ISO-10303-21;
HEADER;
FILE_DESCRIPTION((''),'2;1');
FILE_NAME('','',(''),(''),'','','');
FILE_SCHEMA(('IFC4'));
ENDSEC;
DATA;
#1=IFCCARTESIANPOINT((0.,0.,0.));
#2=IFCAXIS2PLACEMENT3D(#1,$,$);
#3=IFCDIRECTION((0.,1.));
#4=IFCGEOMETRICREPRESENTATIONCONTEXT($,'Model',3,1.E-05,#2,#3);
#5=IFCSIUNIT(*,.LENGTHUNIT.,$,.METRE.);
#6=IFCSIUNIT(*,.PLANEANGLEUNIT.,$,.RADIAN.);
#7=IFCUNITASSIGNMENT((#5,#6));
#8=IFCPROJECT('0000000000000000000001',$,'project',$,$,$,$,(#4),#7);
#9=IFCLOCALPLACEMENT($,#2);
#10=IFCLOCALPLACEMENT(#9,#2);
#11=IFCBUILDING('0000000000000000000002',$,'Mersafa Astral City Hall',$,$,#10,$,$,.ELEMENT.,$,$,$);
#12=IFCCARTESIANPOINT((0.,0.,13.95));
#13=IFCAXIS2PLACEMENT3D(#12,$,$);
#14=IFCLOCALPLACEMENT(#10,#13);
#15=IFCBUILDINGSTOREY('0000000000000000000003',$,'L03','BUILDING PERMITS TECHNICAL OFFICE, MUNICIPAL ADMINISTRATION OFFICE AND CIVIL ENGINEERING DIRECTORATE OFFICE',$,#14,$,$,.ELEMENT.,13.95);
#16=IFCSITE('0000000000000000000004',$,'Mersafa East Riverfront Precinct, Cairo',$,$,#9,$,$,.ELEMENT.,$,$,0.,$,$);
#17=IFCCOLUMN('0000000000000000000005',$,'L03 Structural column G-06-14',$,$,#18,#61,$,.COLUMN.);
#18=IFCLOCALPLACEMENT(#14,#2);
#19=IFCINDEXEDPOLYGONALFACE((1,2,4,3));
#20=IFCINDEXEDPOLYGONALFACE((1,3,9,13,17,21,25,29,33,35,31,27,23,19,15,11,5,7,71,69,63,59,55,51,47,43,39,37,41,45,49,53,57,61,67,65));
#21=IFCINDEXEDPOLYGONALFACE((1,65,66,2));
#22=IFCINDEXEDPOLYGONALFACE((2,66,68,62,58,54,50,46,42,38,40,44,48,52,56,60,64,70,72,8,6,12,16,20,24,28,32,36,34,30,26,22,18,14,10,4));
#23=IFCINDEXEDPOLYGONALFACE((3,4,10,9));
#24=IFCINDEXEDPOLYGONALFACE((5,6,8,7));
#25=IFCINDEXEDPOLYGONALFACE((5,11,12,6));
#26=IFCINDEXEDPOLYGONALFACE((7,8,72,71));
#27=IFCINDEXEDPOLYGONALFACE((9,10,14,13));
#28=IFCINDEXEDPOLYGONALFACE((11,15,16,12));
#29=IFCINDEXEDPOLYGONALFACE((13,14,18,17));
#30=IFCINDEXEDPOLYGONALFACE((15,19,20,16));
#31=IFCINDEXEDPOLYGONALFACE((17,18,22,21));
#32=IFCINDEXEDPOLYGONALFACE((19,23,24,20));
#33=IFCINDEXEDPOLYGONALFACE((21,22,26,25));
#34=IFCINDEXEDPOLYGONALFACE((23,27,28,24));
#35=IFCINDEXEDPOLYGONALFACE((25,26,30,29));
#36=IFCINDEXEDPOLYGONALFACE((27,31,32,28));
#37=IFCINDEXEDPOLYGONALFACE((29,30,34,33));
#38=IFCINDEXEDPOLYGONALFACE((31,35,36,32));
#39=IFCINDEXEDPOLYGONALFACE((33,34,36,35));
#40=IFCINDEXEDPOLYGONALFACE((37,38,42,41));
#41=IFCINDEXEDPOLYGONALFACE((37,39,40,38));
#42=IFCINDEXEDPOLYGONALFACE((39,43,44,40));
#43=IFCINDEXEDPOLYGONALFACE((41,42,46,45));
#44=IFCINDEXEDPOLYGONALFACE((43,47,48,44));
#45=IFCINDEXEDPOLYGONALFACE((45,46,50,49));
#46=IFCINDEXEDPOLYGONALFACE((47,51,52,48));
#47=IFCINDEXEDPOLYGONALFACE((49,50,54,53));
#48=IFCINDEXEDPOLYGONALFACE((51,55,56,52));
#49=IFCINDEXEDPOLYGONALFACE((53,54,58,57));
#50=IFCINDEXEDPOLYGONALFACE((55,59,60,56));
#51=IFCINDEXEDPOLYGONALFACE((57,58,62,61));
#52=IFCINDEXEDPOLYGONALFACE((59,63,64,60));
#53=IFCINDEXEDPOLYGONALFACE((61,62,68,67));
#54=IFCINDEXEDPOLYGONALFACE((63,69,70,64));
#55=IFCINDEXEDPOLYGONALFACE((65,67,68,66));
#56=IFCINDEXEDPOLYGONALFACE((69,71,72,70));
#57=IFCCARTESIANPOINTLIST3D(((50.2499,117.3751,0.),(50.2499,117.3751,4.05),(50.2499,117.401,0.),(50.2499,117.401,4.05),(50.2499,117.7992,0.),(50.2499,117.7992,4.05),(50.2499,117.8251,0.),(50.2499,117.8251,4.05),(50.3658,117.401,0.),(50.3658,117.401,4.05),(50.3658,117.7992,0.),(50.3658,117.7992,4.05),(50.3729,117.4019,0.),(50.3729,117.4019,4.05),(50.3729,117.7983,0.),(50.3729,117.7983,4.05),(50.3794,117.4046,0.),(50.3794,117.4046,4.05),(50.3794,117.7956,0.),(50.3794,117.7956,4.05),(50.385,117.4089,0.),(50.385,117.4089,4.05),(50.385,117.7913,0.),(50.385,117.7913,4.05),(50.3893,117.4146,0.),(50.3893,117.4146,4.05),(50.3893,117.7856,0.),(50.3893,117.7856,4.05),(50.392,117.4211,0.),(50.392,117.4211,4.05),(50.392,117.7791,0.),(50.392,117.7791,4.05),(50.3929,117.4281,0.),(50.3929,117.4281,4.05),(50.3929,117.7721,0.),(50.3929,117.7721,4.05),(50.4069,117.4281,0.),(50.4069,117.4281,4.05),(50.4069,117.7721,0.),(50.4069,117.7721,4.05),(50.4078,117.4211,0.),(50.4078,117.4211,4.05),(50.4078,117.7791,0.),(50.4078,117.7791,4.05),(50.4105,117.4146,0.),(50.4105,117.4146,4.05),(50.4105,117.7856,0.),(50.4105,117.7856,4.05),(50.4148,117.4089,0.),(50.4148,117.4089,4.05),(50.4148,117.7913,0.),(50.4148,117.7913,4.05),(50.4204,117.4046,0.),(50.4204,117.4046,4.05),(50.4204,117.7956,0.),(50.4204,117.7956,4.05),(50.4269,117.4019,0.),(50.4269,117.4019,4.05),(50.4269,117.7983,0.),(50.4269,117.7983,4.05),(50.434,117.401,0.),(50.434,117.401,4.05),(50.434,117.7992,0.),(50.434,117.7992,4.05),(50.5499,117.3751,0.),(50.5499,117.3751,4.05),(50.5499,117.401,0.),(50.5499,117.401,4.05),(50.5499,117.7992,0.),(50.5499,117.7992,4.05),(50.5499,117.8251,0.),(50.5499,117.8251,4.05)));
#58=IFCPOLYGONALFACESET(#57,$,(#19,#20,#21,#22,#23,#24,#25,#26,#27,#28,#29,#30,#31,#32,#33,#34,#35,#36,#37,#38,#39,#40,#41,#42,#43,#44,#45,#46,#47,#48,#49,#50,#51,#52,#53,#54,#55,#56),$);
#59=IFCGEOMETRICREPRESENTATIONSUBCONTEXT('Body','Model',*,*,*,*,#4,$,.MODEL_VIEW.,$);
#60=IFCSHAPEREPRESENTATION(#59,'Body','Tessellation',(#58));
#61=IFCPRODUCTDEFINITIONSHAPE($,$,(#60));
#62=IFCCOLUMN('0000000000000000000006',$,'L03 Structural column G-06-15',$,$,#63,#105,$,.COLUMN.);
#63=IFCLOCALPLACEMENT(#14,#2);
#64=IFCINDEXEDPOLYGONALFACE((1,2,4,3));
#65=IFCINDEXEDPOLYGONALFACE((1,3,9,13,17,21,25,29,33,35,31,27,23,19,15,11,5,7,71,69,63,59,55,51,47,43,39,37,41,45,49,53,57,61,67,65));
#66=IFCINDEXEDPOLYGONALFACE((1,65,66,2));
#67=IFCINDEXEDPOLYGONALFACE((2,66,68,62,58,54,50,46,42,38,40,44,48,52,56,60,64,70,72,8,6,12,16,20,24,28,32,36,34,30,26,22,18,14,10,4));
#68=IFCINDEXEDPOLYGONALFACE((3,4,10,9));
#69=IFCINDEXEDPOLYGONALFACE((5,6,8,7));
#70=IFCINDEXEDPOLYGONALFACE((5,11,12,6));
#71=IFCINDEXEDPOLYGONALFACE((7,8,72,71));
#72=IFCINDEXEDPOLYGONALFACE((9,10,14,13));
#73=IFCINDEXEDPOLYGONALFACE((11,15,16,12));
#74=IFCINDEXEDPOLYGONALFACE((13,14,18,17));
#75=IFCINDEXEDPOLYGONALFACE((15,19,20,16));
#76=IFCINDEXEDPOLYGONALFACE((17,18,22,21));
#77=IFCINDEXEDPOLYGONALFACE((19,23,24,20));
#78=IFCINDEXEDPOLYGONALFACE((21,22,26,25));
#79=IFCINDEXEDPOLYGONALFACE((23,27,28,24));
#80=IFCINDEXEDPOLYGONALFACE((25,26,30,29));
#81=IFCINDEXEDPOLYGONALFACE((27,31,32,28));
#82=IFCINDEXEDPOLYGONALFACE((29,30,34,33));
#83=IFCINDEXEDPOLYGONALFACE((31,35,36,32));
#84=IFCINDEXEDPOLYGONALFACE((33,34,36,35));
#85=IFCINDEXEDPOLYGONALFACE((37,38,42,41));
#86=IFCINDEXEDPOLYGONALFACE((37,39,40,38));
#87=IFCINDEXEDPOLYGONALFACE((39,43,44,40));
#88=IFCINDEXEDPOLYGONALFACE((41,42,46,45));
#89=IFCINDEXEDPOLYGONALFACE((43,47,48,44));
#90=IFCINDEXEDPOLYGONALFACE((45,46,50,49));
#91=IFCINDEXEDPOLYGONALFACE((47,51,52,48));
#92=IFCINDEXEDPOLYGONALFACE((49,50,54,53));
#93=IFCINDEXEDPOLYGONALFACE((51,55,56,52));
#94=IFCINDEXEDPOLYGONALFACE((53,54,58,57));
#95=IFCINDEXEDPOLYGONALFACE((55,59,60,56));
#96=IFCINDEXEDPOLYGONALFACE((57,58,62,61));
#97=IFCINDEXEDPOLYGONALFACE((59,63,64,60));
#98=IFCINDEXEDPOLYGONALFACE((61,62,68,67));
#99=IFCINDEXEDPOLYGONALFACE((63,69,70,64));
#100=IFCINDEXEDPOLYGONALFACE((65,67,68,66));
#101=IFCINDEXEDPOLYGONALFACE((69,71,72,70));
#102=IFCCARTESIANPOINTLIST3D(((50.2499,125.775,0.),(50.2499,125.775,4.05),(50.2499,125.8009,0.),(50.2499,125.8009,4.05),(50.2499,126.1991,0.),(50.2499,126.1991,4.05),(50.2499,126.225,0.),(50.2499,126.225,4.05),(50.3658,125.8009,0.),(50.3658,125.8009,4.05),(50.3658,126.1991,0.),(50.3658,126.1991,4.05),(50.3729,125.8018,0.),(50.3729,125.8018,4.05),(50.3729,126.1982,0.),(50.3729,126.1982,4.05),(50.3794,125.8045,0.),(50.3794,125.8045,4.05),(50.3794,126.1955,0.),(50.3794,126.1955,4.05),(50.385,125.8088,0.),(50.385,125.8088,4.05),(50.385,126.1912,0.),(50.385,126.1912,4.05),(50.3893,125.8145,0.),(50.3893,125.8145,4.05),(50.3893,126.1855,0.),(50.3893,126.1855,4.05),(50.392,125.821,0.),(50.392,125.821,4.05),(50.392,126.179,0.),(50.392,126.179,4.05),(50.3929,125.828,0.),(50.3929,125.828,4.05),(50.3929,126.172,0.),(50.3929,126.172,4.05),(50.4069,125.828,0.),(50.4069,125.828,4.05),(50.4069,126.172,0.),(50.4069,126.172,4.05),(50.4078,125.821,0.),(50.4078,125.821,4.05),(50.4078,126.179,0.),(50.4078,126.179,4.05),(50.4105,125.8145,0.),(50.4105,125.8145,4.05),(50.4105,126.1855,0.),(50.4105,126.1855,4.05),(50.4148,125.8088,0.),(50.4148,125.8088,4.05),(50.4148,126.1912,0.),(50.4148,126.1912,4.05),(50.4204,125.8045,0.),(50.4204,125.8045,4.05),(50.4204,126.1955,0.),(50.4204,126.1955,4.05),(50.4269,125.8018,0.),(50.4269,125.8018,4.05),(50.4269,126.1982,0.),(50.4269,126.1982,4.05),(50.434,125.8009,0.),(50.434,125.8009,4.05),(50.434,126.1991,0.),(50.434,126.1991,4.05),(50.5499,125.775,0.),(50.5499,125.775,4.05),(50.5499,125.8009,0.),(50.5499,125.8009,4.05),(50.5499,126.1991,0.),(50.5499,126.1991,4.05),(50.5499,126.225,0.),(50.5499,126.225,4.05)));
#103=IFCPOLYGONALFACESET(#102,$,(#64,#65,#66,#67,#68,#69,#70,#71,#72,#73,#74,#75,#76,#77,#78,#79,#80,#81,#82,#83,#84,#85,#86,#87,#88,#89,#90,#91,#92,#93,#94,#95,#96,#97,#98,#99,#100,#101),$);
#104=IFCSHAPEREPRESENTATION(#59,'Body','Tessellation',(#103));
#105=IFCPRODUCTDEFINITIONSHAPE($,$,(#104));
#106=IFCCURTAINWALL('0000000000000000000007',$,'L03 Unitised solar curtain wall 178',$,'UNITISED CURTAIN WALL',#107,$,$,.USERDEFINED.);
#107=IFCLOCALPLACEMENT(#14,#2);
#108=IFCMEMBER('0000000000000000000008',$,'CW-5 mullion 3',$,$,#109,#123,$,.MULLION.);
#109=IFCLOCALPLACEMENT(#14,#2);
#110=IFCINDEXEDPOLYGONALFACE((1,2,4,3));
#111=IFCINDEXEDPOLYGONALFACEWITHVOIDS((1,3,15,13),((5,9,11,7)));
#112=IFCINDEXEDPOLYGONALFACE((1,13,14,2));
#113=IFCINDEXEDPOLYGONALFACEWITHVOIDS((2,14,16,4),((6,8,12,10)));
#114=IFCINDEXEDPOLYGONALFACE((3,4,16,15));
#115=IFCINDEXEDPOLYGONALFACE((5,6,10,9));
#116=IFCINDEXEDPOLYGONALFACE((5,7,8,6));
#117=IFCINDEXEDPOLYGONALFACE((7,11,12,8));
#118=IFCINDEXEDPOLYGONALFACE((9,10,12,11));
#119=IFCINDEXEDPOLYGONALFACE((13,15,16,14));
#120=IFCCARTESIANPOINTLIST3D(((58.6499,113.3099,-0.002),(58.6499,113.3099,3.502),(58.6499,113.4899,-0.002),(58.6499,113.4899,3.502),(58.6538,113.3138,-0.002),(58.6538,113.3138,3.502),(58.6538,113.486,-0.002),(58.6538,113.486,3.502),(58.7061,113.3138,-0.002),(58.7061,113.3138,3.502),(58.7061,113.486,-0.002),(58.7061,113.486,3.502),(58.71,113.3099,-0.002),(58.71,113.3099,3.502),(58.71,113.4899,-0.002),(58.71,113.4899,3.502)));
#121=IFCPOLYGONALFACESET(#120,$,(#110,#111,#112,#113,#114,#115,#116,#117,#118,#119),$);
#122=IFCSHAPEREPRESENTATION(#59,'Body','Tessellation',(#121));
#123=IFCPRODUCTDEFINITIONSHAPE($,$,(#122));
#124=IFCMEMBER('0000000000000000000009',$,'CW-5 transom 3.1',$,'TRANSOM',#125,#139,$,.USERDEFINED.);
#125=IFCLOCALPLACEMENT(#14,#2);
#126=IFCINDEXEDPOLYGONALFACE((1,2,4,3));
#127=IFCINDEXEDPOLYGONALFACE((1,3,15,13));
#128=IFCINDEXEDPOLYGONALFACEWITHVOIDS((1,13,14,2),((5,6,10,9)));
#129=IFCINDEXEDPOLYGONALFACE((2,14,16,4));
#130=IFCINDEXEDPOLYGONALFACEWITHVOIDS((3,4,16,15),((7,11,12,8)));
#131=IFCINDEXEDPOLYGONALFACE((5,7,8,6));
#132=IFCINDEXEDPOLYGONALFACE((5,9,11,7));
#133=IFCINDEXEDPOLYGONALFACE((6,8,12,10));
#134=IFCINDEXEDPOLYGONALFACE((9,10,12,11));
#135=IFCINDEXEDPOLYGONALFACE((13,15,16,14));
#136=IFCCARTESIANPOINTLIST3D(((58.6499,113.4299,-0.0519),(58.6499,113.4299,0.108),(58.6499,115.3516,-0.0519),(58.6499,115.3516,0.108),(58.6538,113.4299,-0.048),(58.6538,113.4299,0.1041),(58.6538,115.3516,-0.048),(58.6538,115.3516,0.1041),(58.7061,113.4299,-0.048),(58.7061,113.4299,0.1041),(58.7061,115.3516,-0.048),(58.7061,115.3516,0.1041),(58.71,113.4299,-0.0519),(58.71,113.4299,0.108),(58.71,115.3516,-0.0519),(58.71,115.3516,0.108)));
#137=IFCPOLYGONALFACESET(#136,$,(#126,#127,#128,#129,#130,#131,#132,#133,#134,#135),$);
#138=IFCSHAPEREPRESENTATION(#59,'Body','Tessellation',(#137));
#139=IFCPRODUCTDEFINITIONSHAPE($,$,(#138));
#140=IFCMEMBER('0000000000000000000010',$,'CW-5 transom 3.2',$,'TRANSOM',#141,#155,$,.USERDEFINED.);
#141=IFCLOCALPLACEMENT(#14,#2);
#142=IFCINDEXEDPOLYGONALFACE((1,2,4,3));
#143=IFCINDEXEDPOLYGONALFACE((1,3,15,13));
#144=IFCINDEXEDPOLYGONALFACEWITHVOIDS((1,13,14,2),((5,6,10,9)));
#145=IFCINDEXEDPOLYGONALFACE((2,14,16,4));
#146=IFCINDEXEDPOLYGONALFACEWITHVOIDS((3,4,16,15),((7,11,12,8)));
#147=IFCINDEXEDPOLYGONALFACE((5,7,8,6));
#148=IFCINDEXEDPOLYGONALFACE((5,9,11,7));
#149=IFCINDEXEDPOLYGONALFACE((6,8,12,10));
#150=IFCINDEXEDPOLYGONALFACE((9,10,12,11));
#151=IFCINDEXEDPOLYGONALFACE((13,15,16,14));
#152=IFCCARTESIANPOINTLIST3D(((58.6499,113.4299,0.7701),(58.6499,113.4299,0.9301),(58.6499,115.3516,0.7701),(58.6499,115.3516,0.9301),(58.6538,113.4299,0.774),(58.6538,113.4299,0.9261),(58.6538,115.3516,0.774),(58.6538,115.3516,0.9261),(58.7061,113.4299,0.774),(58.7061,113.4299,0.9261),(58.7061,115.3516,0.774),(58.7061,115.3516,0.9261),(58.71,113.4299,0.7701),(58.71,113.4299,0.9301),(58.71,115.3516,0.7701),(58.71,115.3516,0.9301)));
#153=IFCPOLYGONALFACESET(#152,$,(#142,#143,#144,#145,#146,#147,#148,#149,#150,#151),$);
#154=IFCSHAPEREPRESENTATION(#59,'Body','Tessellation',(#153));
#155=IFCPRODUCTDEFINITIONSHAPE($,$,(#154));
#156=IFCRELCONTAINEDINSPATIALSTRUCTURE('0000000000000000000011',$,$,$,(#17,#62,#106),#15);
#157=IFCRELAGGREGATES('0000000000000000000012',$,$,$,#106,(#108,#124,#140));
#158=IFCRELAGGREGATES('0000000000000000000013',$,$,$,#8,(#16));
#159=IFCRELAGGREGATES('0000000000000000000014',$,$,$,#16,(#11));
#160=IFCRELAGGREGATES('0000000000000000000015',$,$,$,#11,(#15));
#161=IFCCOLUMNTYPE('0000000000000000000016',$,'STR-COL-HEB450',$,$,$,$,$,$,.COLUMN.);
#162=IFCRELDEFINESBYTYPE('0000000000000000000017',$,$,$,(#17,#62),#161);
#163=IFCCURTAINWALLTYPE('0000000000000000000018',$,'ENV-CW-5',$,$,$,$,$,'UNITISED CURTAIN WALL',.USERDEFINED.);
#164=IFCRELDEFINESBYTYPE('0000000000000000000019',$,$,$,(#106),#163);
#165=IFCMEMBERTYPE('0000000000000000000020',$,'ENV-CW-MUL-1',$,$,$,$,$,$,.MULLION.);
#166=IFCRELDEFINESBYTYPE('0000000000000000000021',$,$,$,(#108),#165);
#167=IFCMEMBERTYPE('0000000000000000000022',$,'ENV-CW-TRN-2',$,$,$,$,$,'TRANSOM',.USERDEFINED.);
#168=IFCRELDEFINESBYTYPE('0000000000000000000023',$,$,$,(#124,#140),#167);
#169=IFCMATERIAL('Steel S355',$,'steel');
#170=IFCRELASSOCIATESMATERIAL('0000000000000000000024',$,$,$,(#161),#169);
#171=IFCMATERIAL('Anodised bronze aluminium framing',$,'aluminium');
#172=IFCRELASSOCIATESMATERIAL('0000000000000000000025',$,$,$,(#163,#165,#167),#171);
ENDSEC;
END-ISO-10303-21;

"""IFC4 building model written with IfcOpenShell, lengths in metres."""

from ifc_helpers import new_model, si_unit, direction, frame, origin, origin_2d, place, context, subcontext, project, spatial, hollow_rectangle, i_section, extrude, material, material_profile, profile_set, type_object, element, aggregate, save


model = new_model("IFC4")

# Units and contexts
model_context = context("Model", 3, precision=1e-05, world=origin(), true_north=direction((0.0, 1.0)))
body_context = subcontext(model_context, "Body", "Model", "MODEL_VIEW")
ifc_project = project(units=[si_unit("LENGTHUNIT", "METRE"), si_unit("PLANEANGLEUNIT", "RADIAN")], contexts=[model_context])

# Site, building, storey
site_placement = place(None, origin())
site = spatial("IfcSite", under=ifc_project, at=site_placement, Name="Mersafa East Riverfront Precinct, Cairo", CompositionType="ELEMENT", RefElevation=0.0)
building_placement = place(site_placement, origin())
building = spatial("IfcBuilding", under=site, at=building_placement, Name="Mersafa Astral City Hall", CompositionType="ELEMENT")
storey_placement = place(building_placement, frame((0.0, 0.0, 13.95)))
storey = spatial("IfcBuildingStorey", under=building, at=storey_placement, Name="L03", Description="BUILDING PERMITS TECHNICAL OFFICE, MUNICIPAL ADMINISTRATION OFFICE AND CIVIL ENGINEERING DIRECTORATE OFFICE", CompositionType="ELEMENT", Elevation=13.95)

# Columns
ifc_material_1 = material(Name="Steel S355", Category="steel")
ifc_material_profile_1 = material_profile(ifc_material_1, i_section(OverallWidth=0.3, OverallDepth=0.45, WebThickness=0.0139, FlangeThickness=0.0259, FilletRadius=0.0271, at=origin_2d()), Name="HEB 450")
ifc_profile_set_1 = profile_set([ifc_material_profile_1], Name="Steel S355")
column_type = type_object("IfcColumnType", Name="STR-COL-HEB450", PredefinedType="COLUMN", material=ifc_profile_set_1)
for number, where, z_axis, x_axis, name in (
    (1, (50.3999, 117.6001, 0.0), (0.0, 0.0, 1.0), (1.0, 0.0, 0.0), "L03 Structural column G-06-14"),
    (2, (50.3999, 126.0, 0.0), (0.0, 0.0, 1.0), (1.0, 0.0, 0.0), "L03 Structural column G-06-15"),
):
    element("IfcColumn", number, at=place(storey_placement, frame(where, z_axis=z_axis, x_axis=x_axis)), inside=storey, type_object=column_type, Name=name, PredefinedType="COLUMN", context=body_context, shape_type="SweptSolid", body=[
        extrude(i_section(OverallWidth=0.3, OverallDepth=0.45, WebThickness=0.0139, FlangeThickness=0.0259, FilletRadius=0.0271, at=origin_2d()), origin(), (0.0, 0.0, 1.0), 4.05),
    ])

# Curtain wall, members
ifc_material_2 = material(Name="Anodised bronze aluminium framing", Category="aluminium")
curtain_wall_type = type_object("IfcCurtainWallType", Name="ENV-CW-5", ElementType="UNITISED CURTAIN WALL", PredefinedType="USERDEFINED", material=ifc_material_2)
curtain_wall_placement = place(storey_placement, origin())
curtain_wall = element("IfcCurtainWall", 3, at=curtain_wall_placement, inside=storey, type_object=curtain_wall_type, Name="L03 Unitised solar curtain wall 178", ObjectType="UNITISED CURTAIN WALL", PredefinedType="USERDEFINED")
ifc_material_profile_2 = material_profile(ifc_material_2, hollow_rectangle(XDim=0.0601, YDim=0.1799, WallThickness=0.0039, at=origin_2d()), Name="RHS 60x180x4")
ifc_profile_set_2 = profile_set([ifc_material_profile_2], Name="Anodised bronze aluminium framing")
member_type_1 = type_object("IfcMemberType", Name="ENV-CW-MUL-1", PredefinedType="MULLION", material=ifc_profile_set_2)
member_1_placement = place(storey_placement, frame((58.6799, 113.3999, -0.002), z_axis=(0.0, 0.0, 1.0), x_axis=(-1.0, 0.0, 0.0)))
member_1 = element("IfcMember", 4, at=member_1_placement, type_object=member_type_1, Name="CW-5 mullion 3", PredefinedType="MULLION", context=body_context, shape_type="SweptSolid", body=[
    extrude(hollow_rectangle(XDim=0.0601, YDim=0.1799, WallThickness=0.0039, at=origin_2d()), origin(), (0.0, 0.0, 1.0), 3.5039),
])
ifc_material_profile_3 = material_profile(ifc_material_2, hollow_rectangle(XDim=0.0601, YDim=0.1599, WallThickness=0.0039, at=origin_2d()), Name="RHS 60x160x4")
ifc_profile_set_3 = profile_set([ifc_material_profile_3], Name="Anodised bronze aluminium framing")
member_type_2 = type_object("IfcMemberType", Name="ENV-CW-TRN-2", ElementType="TRANSOM", PredefinedType="USERDEFINED", material=ifc_profile_set_3)
member_2_placement = place(storey_placement, frame((58.6799, 113.4299, 0.0281), z_axis=(0.0, 1.0, 0.0), x_axis=(-1.0, 0.0, 0.0)))
member_2 = element("IfcMember", 5, at=member_2_placement, type_object=member_type_2, Name="CW-5 transom 3.1", ObjectType="TRANSOM", PredefinedType="USERDEFINED", context=body_context, shape_type="SweptSolid", body=[
    extrude(hollow_rectangle(XDim=0.0601, YDim=0.1599, WallThickness=0.0039, at=origin_2d()), origin(), (0.0, 0.0, 1.0), 1.9216),
])
member_3_placement = place(storey_placement, frame((58.6799, 113.4299, 0.8501), z_axis=(0.0, 1.0, 0.0), x_axis=(-1.0, 0.0, 0.0)))
member_3 = element("IfcMember", 6, at=member_3_placement, type_object=member_type_2, Name="CW-5 transom 3.2", ObjectType="TRANSOM", PredefinedType="USERDEFINED", context=body_context, shape_type="SweptSolid", body=[
    extrude(hollow_rectangle(XDim=0.0601, YDim=0.1599, WallThickness=0.0039, at=origin_2d()), origin(), (0.0, 0.0, 1.0), 1.9216),
])

aggregate(curtain_wall, [member_1, member_2, member_3])

save(model, "model.ifc")
